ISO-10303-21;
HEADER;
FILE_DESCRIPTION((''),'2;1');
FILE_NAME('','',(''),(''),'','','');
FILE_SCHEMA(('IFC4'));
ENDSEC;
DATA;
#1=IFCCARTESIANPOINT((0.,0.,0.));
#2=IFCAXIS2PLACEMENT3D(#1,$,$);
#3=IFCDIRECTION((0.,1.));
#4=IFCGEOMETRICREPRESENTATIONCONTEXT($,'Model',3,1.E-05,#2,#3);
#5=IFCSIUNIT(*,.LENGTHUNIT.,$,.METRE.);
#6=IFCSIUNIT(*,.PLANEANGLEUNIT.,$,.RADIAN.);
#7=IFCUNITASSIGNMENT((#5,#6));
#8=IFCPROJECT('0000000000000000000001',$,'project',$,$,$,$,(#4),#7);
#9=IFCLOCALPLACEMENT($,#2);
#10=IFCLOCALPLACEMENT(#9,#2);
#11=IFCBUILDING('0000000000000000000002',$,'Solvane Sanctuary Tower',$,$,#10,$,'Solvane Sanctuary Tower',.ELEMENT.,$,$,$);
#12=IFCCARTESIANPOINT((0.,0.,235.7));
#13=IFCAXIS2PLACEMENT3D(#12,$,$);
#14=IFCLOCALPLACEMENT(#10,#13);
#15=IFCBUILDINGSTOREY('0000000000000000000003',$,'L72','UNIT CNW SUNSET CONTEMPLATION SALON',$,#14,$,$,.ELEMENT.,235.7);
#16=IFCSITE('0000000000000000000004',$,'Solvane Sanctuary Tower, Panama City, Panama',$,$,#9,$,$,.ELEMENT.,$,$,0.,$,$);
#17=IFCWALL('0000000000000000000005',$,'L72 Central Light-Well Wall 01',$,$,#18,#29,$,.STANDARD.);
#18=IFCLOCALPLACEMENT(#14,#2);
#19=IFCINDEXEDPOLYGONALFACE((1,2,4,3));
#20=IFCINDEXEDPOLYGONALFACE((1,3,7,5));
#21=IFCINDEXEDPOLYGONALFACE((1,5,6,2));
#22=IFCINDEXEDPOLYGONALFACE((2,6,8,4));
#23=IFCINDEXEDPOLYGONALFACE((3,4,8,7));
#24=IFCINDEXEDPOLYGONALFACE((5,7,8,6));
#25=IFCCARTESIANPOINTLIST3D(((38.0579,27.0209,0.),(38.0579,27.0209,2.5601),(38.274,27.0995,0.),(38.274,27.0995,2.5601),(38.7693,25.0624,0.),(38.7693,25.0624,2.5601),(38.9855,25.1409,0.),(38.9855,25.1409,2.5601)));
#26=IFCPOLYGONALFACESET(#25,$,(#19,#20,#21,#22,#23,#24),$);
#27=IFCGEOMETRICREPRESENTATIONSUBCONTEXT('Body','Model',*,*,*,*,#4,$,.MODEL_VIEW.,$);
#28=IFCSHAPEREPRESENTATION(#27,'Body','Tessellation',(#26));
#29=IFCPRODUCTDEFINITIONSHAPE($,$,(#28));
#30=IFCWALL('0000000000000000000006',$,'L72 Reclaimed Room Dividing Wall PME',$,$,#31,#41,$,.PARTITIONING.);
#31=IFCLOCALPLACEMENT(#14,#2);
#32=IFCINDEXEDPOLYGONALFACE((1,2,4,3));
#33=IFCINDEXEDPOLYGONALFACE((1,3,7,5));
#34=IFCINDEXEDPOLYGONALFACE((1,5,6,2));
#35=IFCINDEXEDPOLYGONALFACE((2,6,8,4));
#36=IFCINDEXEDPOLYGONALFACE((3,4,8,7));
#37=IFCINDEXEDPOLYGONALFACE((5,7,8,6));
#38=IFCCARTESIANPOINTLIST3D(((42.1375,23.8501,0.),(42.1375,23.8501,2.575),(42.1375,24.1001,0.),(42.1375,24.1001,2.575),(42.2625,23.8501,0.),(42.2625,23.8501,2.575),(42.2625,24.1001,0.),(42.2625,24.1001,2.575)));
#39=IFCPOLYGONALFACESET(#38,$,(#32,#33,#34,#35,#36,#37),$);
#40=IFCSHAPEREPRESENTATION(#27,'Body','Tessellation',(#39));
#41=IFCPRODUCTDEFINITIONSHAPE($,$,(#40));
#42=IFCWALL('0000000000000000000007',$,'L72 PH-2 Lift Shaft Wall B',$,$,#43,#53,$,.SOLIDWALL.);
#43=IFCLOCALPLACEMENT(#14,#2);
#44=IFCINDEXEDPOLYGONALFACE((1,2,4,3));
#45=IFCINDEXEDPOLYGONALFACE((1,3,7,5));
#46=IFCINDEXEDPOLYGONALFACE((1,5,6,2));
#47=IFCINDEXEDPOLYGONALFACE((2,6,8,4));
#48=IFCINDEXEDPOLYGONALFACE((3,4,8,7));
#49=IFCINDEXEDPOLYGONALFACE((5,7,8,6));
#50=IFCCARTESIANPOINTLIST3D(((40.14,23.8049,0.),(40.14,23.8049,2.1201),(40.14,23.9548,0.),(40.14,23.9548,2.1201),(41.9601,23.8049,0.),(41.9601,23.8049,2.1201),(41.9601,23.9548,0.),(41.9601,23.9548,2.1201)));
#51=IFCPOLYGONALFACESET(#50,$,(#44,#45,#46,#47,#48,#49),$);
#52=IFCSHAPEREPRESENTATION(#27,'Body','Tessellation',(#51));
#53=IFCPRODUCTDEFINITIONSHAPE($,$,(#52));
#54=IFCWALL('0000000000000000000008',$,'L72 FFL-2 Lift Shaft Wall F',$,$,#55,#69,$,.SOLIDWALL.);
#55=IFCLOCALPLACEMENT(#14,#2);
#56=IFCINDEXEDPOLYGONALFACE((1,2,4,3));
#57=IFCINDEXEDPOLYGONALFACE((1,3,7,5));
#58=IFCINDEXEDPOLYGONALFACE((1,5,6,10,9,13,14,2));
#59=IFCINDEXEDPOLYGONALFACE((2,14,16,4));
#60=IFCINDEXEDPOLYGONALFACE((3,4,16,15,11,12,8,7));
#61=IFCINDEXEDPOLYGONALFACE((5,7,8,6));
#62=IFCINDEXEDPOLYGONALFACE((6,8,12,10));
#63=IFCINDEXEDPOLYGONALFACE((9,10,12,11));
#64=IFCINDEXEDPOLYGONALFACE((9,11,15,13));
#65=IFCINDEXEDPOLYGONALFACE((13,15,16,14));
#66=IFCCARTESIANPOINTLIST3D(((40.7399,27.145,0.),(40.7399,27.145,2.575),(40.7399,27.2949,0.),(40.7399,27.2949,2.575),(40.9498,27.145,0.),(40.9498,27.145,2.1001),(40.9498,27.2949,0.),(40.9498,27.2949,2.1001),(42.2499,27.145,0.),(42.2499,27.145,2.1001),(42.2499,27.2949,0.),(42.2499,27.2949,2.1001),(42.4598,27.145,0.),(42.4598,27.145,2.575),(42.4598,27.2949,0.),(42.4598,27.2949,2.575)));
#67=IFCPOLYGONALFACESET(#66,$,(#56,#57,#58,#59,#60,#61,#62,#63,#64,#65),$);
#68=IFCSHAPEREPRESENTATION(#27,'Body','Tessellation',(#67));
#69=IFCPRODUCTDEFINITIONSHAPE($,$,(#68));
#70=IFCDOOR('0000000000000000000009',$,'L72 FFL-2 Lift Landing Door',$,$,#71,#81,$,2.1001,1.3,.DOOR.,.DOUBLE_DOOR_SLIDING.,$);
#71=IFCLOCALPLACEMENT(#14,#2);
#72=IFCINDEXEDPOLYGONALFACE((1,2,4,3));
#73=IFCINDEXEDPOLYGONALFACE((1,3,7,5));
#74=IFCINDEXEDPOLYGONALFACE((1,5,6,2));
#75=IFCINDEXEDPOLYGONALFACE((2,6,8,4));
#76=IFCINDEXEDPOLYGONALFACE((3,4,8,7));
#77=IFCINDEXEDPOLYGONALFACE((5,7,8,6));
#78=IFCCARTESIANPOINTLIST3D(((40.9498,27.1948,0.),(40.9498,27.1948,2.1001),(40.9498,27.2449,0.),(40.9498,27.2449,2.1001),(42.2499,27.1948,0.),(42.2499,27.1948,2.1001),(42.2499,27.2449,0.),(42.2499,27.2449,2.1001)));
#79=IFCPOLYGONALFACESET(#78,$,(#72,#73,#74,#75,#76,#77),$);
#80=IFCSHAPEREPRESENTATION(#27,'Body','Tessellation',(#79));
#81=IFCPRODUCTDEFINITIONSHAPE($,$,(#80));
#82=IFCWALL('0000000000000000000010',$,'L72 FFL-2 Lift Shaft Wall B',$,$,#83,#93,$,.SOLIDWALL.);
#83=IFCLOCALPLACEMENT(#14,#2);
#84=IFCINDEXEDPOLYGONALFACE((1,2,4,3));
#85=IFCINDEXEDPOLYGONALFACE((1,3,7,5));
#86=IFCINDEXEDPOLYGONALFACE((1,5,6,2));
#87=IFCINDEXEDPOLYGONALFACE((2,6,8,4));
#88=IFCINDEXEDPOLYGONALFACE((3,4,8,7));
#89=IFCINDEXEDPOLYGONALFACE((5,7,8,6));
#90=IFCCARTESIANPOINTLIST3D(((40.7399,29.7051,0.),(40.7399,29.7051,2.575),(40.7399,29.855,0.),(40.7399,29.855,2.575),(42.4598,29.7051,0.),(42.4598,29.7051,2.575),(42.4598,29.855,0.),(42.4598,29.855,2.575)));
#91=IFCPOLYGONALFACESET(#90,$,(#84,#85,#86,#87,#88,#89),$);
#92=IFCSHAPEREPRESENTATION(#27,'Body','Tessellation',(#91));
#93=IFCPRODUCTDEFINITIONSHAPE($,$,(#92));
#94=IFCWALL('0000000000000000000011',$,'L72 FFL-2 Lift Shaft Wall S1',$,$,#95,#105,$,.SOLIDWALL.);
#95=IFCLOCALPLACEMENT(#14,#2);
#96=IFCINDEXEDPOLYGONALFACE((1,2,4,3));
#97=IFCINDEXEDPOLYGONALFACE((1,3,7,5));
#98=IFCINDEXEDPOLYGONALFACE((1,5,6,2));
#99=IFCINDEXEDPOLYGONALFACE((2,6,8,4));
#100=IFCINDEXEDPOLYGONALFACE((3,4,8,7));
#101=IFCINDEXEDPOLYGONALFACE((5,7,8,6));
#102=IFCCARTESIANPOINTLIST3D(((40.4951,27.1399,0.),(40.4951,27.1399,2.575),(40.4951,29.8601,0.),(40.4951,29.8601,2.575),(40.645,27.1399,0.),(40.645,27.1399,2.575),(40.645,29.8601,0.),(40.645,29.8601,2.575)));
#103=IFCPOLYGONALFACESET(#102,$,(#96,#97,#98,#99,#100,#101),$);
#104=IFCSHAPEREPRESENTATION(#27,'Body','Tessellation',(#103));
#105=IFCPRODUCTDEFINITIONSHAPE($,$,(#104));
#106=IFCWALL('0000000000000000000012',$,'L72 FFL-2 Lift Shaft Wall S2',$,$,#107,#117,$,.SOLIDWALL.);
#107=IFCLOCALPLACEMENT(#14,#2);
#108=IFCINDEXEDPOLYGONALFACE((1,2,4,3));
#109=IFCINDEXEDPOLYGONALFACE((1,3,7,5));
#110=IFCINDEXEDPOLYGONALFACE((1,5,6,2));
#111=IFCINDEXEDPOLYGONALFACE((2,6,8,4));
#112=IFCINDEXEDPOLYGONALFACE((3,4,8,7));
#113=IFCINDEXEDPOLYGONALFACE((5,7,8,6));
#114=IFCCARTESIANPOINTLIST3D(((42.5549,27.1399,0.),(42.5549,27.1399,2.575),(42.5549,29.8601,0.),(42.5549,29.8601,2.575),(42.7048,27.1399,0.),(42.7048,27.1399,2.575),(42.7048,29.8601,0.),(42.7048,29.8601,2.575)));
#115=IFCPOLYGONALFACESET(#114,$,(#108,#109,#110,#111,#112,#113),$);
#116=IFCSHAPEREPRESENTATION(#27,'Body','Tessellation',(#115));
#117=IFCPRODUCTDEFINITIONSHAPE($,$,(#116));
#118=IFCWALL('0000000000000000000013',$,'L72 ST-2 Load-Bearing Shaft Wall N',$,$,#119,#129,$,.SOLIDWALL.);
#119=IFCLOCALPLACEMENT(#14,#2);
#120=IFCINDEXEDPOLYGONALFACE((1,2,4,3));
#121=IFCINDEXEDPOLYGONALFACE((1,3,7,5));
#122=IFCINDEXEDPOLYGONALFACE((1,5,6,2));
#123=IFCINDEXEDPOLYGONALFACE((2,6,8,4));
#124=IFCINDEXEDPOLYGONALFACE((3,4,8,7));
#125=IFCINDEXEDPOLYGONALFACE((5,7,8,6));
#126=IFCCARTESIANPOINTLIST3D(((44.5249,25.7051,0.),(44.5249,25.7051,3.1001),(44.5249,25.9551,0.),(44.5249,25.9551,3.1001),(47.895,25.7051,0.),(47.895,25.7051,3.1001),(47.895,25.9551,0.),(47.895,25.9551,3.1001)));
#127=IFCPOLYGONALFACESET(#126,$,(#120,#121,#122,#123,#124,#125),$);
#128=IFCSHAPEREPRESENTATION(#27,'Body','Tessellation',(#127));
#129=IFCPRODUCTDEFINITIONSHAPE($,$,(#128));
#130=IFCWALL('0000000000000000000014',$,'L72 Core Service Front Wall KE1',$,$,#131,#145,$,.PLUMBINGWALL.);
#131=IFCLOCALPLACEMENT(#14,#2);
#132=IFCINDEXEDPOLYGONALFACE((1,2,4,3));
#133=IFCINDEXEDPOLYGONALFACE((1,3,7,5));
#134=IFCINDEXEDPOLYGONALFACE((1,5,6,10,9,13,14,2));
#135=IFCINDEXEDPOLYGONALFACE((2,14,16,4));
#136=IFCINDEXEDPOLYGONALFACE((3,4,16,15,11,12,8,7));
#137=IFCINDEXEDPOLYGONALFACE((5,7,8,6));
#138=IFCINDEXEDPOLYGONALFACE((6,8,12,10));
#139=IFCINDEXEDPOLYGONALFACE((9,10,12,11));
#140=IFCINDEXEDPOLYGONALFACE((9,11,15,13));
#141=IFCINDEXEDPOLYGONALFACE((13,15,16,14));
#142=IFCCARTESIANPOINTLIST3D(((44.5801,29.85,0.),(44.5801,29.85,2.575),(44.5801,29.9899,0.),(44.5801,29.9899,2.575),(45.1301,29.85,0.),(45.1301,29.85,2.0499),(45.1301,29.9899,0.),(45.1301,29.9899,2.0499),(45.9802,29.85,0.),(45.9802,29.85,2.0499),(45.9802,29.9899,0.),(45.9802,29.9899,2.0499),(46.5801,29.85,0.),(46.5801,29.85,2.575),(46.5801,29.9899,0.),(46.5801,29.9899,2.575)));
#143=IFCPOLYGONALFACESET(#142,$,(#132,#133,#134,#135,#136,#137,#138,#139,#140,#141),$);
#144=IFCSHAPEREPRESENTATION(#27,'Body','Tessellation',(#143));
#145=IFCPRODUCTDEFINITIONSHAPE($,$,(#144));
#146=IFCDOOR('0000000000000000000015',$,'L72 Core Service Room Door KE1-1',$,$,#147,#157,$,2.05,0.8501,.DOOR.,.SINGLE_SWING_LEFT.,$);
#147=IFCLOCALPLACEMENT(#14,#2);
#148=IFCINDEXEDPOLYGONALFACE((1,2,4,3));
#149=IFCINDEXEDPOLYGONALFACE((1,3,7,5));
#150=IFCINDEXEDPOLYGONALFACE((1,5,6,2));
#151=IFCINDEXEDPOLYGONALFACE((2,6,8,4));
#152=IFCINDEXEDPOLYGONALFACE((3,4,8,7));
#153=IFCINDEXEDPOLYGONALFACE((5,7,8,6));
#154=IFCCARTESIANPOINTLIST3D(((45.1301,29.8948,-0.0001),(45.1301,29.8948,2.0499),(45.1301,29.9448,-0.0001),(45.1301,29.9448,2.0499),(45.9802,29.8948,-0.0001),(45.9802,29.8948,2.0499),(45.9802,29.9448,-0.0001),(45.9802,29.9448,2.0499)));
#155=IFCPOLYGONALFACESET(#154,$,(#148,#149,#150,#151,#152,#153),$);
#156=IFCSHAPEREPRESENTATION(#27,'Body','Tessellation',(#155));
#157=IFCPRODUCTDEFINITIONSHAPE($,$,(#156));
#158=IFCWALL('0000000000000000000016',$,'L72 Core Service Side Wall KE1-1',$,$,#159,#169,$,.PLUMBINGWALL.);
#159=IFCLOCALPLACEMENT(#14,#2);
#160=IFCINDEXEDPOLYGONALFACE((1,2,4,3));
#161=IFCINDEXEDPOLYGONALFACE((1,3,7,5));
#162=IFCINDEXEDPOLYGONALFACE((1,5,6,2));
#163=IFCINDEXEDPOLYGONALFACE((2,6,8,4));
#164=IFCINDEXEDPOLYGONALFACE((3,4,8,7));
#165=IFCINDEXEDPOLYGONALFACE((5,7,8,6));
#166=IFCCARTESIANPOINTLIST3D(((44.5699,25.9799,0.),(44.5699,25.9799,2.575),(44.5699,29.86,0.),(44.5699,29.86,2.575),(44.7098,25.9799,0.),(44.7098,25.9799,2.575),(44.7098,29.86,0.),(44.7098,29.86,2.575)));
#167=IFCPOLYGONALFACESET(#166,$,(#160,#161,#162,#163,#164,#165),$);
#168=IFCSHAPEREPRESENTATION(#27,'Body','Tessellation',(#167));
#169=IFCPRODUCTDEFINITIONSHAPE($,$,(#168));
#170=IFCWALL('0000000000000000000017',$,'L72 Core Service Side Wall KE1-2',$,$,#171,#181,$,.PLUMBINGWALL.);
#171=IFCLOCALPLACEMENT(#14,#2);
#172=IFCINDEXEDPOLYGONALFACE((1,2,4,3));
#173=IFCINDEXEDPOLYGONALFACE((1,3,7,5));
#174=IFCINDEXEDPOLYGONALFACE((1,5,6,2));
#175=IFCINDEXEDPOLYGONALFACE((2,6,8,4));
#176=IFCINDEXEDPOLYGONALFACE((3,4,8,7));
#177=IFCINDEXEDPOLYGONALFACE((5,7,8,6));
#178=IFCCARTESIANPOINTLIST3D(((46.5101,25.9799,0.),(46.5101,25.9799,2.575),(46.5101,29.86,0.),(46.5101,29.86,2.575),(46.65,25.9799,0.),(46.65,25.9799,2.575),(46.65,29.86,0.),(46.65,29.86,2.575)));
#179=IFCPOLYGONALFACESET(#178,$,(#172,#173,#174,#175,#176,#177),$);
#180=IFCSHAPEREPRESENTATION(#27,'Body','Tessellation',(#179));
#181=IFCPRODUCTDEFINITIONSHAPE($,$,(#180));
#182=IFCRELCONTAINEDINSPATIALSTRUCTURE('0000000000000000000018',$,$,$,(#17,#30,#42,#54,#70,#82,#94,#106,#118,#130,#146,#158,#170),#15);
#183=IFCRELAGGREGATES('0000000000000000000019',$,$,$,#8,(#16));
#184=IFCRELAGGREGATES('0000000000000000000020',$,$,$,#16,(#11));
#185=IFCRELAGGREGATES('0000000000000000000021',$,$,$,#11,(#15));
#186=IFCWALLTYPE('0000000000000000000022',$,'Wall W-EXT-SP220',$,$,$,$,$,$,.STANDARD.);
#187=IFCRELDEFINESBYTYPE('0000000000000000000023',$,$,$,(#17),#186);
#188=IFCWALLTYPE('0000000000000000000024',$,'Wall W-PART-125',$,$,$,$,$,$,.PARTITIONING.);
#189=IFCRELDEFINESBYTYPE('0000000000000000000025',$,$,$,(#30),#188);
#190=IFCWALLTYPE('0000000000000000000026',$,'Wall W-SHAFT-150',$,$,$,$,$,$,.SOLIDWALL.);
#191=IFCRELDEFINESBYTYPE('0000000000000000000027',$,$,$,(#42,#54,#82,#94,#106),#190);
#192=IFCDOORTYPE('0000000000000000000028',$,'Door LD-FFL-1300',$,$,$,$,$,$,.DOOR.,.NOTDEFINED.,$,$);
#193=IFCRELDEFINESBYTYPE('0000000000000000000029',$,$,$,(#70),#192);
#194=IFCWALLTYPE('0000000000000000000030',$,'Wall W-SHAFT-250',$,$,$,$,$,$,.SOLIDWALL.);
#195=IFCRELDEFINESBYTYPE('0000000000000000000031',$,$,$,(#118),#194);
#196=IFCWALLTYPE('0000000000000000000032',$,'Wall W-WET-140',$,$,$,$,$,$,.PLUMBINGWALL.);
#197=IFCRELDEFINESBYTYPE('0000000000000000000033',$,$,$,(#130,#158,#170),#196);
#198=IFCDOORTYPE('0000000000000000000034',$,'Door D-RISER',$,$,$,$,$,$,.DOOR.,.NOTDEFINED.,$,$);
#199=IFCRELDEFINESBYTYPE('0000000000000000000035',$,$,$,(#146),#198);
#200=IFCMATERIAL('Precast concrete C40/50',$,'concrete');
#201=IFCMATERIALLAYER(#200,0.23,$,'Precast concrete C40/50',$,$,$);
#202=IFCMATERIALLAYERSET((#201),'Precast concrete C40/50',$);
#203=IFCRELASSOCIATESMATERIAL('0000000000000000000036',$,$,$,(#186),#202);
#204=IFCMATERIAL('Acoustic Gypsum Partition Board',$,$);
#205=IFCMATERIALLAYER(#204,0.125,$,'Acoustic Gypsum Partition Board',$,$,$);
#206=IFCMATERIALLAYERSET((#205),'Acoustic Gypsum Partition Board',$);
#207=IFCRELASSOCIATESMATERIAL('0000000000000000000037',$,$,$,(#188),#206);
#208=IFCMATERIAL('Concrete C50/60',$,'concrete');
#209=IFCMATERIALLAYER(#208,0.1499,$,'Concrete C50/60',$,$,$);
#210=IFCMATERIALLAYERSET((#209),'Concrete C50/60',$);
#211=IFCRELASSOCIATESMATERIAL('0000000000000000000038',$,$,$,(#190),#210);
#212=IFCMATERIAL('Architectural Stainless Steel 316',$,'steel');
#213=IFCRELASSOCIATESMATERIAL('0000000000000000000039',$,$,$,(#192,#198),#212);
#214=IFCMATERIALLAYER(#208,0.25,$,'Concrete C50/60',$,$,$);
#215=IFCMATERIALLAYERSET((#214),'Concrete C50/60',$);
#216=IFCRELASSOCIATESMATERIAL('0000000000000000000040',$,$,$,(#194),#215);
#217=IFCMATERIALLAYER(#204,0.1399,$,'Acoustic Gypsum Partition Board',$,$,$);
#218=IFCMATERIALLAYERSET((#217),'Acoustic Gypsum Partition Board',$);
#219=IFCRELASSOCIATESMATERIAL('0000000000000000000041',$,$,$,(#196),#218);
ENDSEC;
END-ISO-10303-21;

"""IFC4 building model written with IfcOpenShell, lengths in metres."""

from ifc_helpers import new_model, si_unit, direction, frame, frame_2d, origin, place, context, subcontext, project, spatial, rectangle, extrude, material, layer, layer_set, type_object, element, fill, save


model = new_model("IFC4")

# Units and contexts
model_context = context("Model", 3, precision=1e-05, world=origin(), true_north=direction((0.0, 1.0)))
body_context = subcontext(model_context, "Body", "Model", "MODEL_VIEW")
ifc_project = project(units=[si_unit("LENGTHUNIT", "METRE"), si_unit("PLANEANGLEUNIT", "RADIAN")], contexts=[model_context])

# Site, building, storey
site_placement = place(None, origin())
site = spatial("IfcSite", under=ifc_project, at=site_placement, Name="Solvane Sanctuary Tower, Panama City, Panama", CompositionType="ELEMENT", RefElevation=0.0)
building_placement = place(site_placement, origin())
building = spatial("IfcBuilding", under=site, at=building_placement, Name="Solvane Sanctuary Tower", LongName="Solvane Sanctuary Tower", CompositionType="ELEMENT")
storey_placement = place(building_placement, frame((0.0, 0.0, 235.7)))
storey = spatial("IfcBuildingStorey", under=building, at=storey_placement, Name="L72", Description="UNIT CNW SUNSET CONTEMPLATION SALON", CompositionType="ELEMENT", Elevation=235.7)

# Shared definitions
ifc_material_1 = material(Name="Acoustic Gypsum Partition Board")

# Shared definitions
ifc_material_2 = material(Name="Architectural Stainless Steel 316", Category="steel")

# Shared definitions
ifc_material_3 = material(Name="Precast concrete C40/50", Category="concrete")

# Walls
ifc_layer_1 = layer(ifc_material_3, 0.23, Name="Precast concrete C40/50")
ifc_layer_set_1 = layer_set([ifc_layer_1], Name="Precast concrete C40/50")
wall_type_1 = type_object("IfcWallType", Name="Wall W-EXT-SP220", PredefinedType="STANDARD", material=ifc_layer_set_1)
wall_1_placement = place(storey_placement, frame((38.8774, 25.1016, 0.0), z_axis=(0.0, 0.0, 1.0), x_axis=(-0.341423, 0.93991, 0.0)))
element("IfcWall", 1, at=wall_1_placement, inside=storey, type_object=wall_type_1, Name="L72 Central Light-Well Wall 01", PredefinedType="STANDARD", context=body_context, shape_type="SweptSolid", body=[
    extrude(rectangle(XDim=2.0837, YDim=0.23, at=frame_2d((1.042, 0.0))), origin(), (0.0, 0.0, 1.0), 2.5601),
])
ifc_layer_2 = layer(ifc_material_1, 0.125, Name="Acoustic Gypsum Partition Board")
ifc_layer_set_2 = layer_set([ifc_layer_2], Name="Acoustic Gypsum Partition Board")
wall_type_2 = type_object("IfcWallType", Name="Wall W-PART-125", PredefinedType="PARTITIONING", material=ifc_layer_set_2)
wall_2_placement = place(storey_placement, frame((42.2, 23.8501, 0.0), z_axis=(0.0, 0.0, 1.0), x_axis=(0.0, 1.0, 0.0)))
element("IfcWall", 2, at=wall_2_placement, inside=storey, type_object=wall_type_2, Name="L72 Reclaimed Room Dividing Wall PME", PredefinedType="PARTITIONING", context=body_context, shape_type="SweptSolid", body=[
    extrude(rectangle(XDim=0.25, YDim=0.125, at=frame_2d((0.125, 0.0))), origin(), (0.0, 0.0, 1.0), 2.575),
])
ifc_material_4 = material(Name="Concrete C50/60", Category="concrete")
ifc_layer_3 = layer(ifc_material_4, 0.1499, Name="Concrete C50/60")
ifc_layer_set_3 = layer_set([ifc_layer_3], Name="Concrete C50/60")
wall_type_3 = type_object("IfcWallType", Name="Wall W-SHAFT-150", PredefinedType="SOLIDWALL", material=ifc_layer_set_3)
wall_3_placement = place(storey_placement, frame((40.1399, 23.8799, 0.0), z_axis=(0.0, 0.0, 1.0), x_axis=(1.0, 0.0, 0.0)))
element("IfcWall", 3, at=wall_3_placement, inside=storey, type_object=wall_type_3, Name="L72 PH-2 Lift Shaft Wall B", PredefinedType="SOLIDWALL", context=body_context, shape_type="SweptSolid", body=[
    extrude(rectangle(XDim=1.8201, YDim=0.1499, at=frame_2d((0.9102, 0.0))), origin(), (0.0, 0.0, 1.0), 2.1201),
])

# Wall, opening, door
wall_4_placement = place(storey_placement, frame((40.74, 27.22, 0.0), z_axis=(0.0, 0.0, 1.0), x_axis=(1.0, 0.0, 0.0)))
wall_4 = element("IfcWall", 4, at=wall_4_placement, inside=storey, type_object=wall_type_3, Name="L72 FFL-2 Lift Shaft Wall F", PredefinedType="SOLIDWALL", context=body_context, shape_type="SweptSolid", body=[
    extrude(rectangle(XDim=1.72, YDim=0.1499, at=frame_2d((0.8599, 0.0))), origin(), (0.0, 0.0, 1.0), 2.575),
])
opening_1_placement = place(wall_4_placement, frame((0.21, 0.0, 0.0)))
opening_1 = element("IfcOpeningElement", 5, at=opening_1_placement, cuts=wall_4, PredefinedType="OPENING", context=body_context, shape_type="SweptSolid", body=[
    extrude(rectangle(XDim=1.3, YDim=2.1001, at=frame_2d((0.6499, 1.05))), frame((0.0, 0.085, 0.0), z_axis=(0.0, -1.0, 0.0), x_axis=(1.0, 0.0, 0.0)), (0.0, 0.0, 1.0), 0.1699),
])
door_type_1 = type_object("IfcDoorType", Name="Door LD-FFL-1300", OperationType="NOTDEFINED", PredefinedType="DOOR", material=ifc_material_2)
door_1_placement = place(opening_1_placement, origin())
door_1 = element("IfcDoor", 6, at=door_1_placement, inside=storey, type_object=door_type_1, Name="L72 FFL-2 Lift Landing Door", OperationType="DOUBLE_DOOR_SLIDING", OverallHeight=2.1001, OverallWidth=1.3, PredefinedType="DOOR", context=body_context, shape_type="SweptSolid", body=[
    extrude(rectangle(XDim=1.3, YDim=2.1001, at=frame_2d((0.6499, 1.05))), frame((0.0, 0.0249, 0.0), z_axis=(0.0, -1.0, 0.0), x_axis=(1.0, 0.0, 0.0)), (0.0, 0.0, 1.0), 0.05),
])
fill(opening_1, door_1)

# Walls
wall_5_placement = place(storey_placement, frame((40.74, 29.78, 0.0), z_axis=(0.0, 0.0, 1.0), x_axis=(1.0, 0.0, 0.0)))
element("IfcWall", 7, at=wall_5_placement, inside=storey, type_object=wall_type_3, Name="L72 FFL-2 Lift Shaft Wall B", PredefinedType="SOLIDWALL", context=body_context, shape_type="SweptSolid", body=[
    extrude(rectangle(XDim=1.72, YDim=0.1499, at=frame_2d((0.8599, 0.0))), origin(), (0.0, 0.0, 1.0), 2.575),
])
for number, where, z_axis, x_axis, name in (
    (8, (40.5701, 27.1399, 0.0), (0.0, 0.0, 1.0), (0.0, 1.0, 0.0), "L72 FFL-2 Lift Shaft Wall S1"),
    (9, (42.6299, 27.1399, 0.0), (0.0, 0.0, 1.0), (0.0, 1.0, 0.0), "L72 FFL-2 Lift Shaft Wall S2"),
):
    element("IfcWall", number, at=place(storey_placement, frame(where, z_axis=z_axis, x_axis=x_axis)), inside=storey, type_object=wall_type_3, Name=name, PredefinedType="SOLIDWALL", context=body_context, shape_type="SweptSolid", body=[
        extrude(rectangle(XDim=2.7202, YDim=0.1499, at=frame_2d((1.3601, 0.0))), origin(), (0.0, 0.0, 1.0), 2.575),
    ])
ifc_layer_4 = layer(ifc_material_4, 0.25, Name="Concrete C50/60")
ifc_layer_set_4 = layer_set([ifc_layer_4], Name="Concrete C50/60")
wall_type_4 = type_object("IfcWallType", Name="Wall W-SHAFT-250", PredefinedType="SOLIDWALL", material=ifc_layer_set_4)
wall_6_placement = place(storey_placement, frame((44.5249, 25.8301, 0.0), z_axis=(0.0, 0.0, 1.0), x_axis=(1.0, 0.0, 0.0)))
element("IfcWall", 10, at=wall_6_placement, inside=storey, type_object=wall_type_4, Name="L72 ST-2 Load-Bearing Shaft Wall N", PredefinedType="SOLIDWALL", context=body_context, shape_type="SweptSolid", body=[
    extrude(rectangle(XDim=3.3701, YDim=0.25, at=frame_2d((1.6851, 0.0))), origin(), (0.0, 0.0, 1.0), 3.1001),
])

# Wall, opening, door
ifc_layer_5 = layer(ifc_material_1, 0.1399, Name="Acoustic Gypsum Partition Board")
ifc_layer_set_5 = layer_set([ifc_layer_5], Name="Acoustic Gypsum Partition Board")
wall_type_5 = type_object("IfcWallType", Name="Wall W-WET-140", PredefinedType="PLUMBINGWALL", material=ifc_layer_set_5)
wall_7_placement = place(storey_placement, frame((44.5801, 29.9199, 0.0), z_axis=(0.0, 0.0, 1.0), x_axis=(1.0, 0.0, 0.0)))
wall_7 = element("IfcWall", 11, at=wall_7_placement, inside=storey, type_object=wall_type_5, Name="L72 Core Service Front Wall KE1", PredefinedType="PLUMBINGWALL", context=body_context, shape_type="SweptSolid", body=[
    extrude(rectangle(XDim=2.0, YDim=0.1399, at=frame_2d((1.0, 0.0))), origin(), (0.0, 0.0, 1.0), 2.575),
])
opening_2_placement = place(wall_7_placement, frame((0.55, 0.0, 0.0)))
opening_2 = element("IfcOpeningElement", 12, at=opening_2_placement, cuts=wall_7, PredefinedType="OPENING", context=body_context, shape_type="SweptSolid", body=[
    extrude(rectangle(XDim=0.8501, YDim=2.05, at=frame_2d((0.425, 1.0249))), frame((0.0, 0.0798, 0.0), z_axis=(0.0, -1.0, 0.0), x_axis=(1.0, 0.0, 0.0)), (0.0, 0.0, 1.0), 0.1599),
])
door_type_2 = type_object("IfcDoorType", Name="Door D-RISER", OperationType="NOTDEFINED", PredefinedType="DOOR", material=ifc_material_2)
door_2_placement = place(opening_2_placement, origin())
door_2 = element("IfcDoor", 13, at=door_2_placement, inside=storey, type_object=door_type_2, Name="L72 Core Service Room Door KE1-1", OperationType="SINGLE_SWING_LEFT", OverallHeight=2.05, OverallWidth=0.8501, PredefinedType="DOOR", context=body_context, shape_type="SweptSolid", body=[
    extrude(rectangle(XDim=0.8501, YDim=2.05, at=frame_2d((0.425, 1.0249))), frame((0.0, 0.0249, 0.0), z_axis=(0.0, -1.0, 0.0), x_axis=(1.0, 0.0, 0.0)), (0.0, 0.0, 1.0), 0.05),
])
fill(opening_2, door_2)

# Walls
for number, where, z_axis, x_axis, name in (
    (14, (44.6399, 25.98, 0.0), (0.0, 0.0, 1.0), (0.0, 1.0, 0.0), "L72 Core Service Side Wall KE1-1"),
    (15, (46.5801, 25.98, 0.0), (0.0, 0.0, 1.0), (0.0, 1.0, 0.0), "L72 Core Service Side Wall KE1-2"),
):
    element("IfcWall", number, at=place(storey_placement, frame(where, z_axis=z_axis, x_axis=x_axis)), inside=storey, type_object=wall_type_5, Name=name, PredefinedType="PLUMBINGWALL", context=body_context, shape_type="SweptSolid", body=[
        extrude(rectangle(XDim=3.8801, YDim=0.1399, at=frame_2d((1.9399, 0.0))), origin(), (0.0, 0.0, 1.0), 2.575),
    ])

save(model, "model.ifc")
